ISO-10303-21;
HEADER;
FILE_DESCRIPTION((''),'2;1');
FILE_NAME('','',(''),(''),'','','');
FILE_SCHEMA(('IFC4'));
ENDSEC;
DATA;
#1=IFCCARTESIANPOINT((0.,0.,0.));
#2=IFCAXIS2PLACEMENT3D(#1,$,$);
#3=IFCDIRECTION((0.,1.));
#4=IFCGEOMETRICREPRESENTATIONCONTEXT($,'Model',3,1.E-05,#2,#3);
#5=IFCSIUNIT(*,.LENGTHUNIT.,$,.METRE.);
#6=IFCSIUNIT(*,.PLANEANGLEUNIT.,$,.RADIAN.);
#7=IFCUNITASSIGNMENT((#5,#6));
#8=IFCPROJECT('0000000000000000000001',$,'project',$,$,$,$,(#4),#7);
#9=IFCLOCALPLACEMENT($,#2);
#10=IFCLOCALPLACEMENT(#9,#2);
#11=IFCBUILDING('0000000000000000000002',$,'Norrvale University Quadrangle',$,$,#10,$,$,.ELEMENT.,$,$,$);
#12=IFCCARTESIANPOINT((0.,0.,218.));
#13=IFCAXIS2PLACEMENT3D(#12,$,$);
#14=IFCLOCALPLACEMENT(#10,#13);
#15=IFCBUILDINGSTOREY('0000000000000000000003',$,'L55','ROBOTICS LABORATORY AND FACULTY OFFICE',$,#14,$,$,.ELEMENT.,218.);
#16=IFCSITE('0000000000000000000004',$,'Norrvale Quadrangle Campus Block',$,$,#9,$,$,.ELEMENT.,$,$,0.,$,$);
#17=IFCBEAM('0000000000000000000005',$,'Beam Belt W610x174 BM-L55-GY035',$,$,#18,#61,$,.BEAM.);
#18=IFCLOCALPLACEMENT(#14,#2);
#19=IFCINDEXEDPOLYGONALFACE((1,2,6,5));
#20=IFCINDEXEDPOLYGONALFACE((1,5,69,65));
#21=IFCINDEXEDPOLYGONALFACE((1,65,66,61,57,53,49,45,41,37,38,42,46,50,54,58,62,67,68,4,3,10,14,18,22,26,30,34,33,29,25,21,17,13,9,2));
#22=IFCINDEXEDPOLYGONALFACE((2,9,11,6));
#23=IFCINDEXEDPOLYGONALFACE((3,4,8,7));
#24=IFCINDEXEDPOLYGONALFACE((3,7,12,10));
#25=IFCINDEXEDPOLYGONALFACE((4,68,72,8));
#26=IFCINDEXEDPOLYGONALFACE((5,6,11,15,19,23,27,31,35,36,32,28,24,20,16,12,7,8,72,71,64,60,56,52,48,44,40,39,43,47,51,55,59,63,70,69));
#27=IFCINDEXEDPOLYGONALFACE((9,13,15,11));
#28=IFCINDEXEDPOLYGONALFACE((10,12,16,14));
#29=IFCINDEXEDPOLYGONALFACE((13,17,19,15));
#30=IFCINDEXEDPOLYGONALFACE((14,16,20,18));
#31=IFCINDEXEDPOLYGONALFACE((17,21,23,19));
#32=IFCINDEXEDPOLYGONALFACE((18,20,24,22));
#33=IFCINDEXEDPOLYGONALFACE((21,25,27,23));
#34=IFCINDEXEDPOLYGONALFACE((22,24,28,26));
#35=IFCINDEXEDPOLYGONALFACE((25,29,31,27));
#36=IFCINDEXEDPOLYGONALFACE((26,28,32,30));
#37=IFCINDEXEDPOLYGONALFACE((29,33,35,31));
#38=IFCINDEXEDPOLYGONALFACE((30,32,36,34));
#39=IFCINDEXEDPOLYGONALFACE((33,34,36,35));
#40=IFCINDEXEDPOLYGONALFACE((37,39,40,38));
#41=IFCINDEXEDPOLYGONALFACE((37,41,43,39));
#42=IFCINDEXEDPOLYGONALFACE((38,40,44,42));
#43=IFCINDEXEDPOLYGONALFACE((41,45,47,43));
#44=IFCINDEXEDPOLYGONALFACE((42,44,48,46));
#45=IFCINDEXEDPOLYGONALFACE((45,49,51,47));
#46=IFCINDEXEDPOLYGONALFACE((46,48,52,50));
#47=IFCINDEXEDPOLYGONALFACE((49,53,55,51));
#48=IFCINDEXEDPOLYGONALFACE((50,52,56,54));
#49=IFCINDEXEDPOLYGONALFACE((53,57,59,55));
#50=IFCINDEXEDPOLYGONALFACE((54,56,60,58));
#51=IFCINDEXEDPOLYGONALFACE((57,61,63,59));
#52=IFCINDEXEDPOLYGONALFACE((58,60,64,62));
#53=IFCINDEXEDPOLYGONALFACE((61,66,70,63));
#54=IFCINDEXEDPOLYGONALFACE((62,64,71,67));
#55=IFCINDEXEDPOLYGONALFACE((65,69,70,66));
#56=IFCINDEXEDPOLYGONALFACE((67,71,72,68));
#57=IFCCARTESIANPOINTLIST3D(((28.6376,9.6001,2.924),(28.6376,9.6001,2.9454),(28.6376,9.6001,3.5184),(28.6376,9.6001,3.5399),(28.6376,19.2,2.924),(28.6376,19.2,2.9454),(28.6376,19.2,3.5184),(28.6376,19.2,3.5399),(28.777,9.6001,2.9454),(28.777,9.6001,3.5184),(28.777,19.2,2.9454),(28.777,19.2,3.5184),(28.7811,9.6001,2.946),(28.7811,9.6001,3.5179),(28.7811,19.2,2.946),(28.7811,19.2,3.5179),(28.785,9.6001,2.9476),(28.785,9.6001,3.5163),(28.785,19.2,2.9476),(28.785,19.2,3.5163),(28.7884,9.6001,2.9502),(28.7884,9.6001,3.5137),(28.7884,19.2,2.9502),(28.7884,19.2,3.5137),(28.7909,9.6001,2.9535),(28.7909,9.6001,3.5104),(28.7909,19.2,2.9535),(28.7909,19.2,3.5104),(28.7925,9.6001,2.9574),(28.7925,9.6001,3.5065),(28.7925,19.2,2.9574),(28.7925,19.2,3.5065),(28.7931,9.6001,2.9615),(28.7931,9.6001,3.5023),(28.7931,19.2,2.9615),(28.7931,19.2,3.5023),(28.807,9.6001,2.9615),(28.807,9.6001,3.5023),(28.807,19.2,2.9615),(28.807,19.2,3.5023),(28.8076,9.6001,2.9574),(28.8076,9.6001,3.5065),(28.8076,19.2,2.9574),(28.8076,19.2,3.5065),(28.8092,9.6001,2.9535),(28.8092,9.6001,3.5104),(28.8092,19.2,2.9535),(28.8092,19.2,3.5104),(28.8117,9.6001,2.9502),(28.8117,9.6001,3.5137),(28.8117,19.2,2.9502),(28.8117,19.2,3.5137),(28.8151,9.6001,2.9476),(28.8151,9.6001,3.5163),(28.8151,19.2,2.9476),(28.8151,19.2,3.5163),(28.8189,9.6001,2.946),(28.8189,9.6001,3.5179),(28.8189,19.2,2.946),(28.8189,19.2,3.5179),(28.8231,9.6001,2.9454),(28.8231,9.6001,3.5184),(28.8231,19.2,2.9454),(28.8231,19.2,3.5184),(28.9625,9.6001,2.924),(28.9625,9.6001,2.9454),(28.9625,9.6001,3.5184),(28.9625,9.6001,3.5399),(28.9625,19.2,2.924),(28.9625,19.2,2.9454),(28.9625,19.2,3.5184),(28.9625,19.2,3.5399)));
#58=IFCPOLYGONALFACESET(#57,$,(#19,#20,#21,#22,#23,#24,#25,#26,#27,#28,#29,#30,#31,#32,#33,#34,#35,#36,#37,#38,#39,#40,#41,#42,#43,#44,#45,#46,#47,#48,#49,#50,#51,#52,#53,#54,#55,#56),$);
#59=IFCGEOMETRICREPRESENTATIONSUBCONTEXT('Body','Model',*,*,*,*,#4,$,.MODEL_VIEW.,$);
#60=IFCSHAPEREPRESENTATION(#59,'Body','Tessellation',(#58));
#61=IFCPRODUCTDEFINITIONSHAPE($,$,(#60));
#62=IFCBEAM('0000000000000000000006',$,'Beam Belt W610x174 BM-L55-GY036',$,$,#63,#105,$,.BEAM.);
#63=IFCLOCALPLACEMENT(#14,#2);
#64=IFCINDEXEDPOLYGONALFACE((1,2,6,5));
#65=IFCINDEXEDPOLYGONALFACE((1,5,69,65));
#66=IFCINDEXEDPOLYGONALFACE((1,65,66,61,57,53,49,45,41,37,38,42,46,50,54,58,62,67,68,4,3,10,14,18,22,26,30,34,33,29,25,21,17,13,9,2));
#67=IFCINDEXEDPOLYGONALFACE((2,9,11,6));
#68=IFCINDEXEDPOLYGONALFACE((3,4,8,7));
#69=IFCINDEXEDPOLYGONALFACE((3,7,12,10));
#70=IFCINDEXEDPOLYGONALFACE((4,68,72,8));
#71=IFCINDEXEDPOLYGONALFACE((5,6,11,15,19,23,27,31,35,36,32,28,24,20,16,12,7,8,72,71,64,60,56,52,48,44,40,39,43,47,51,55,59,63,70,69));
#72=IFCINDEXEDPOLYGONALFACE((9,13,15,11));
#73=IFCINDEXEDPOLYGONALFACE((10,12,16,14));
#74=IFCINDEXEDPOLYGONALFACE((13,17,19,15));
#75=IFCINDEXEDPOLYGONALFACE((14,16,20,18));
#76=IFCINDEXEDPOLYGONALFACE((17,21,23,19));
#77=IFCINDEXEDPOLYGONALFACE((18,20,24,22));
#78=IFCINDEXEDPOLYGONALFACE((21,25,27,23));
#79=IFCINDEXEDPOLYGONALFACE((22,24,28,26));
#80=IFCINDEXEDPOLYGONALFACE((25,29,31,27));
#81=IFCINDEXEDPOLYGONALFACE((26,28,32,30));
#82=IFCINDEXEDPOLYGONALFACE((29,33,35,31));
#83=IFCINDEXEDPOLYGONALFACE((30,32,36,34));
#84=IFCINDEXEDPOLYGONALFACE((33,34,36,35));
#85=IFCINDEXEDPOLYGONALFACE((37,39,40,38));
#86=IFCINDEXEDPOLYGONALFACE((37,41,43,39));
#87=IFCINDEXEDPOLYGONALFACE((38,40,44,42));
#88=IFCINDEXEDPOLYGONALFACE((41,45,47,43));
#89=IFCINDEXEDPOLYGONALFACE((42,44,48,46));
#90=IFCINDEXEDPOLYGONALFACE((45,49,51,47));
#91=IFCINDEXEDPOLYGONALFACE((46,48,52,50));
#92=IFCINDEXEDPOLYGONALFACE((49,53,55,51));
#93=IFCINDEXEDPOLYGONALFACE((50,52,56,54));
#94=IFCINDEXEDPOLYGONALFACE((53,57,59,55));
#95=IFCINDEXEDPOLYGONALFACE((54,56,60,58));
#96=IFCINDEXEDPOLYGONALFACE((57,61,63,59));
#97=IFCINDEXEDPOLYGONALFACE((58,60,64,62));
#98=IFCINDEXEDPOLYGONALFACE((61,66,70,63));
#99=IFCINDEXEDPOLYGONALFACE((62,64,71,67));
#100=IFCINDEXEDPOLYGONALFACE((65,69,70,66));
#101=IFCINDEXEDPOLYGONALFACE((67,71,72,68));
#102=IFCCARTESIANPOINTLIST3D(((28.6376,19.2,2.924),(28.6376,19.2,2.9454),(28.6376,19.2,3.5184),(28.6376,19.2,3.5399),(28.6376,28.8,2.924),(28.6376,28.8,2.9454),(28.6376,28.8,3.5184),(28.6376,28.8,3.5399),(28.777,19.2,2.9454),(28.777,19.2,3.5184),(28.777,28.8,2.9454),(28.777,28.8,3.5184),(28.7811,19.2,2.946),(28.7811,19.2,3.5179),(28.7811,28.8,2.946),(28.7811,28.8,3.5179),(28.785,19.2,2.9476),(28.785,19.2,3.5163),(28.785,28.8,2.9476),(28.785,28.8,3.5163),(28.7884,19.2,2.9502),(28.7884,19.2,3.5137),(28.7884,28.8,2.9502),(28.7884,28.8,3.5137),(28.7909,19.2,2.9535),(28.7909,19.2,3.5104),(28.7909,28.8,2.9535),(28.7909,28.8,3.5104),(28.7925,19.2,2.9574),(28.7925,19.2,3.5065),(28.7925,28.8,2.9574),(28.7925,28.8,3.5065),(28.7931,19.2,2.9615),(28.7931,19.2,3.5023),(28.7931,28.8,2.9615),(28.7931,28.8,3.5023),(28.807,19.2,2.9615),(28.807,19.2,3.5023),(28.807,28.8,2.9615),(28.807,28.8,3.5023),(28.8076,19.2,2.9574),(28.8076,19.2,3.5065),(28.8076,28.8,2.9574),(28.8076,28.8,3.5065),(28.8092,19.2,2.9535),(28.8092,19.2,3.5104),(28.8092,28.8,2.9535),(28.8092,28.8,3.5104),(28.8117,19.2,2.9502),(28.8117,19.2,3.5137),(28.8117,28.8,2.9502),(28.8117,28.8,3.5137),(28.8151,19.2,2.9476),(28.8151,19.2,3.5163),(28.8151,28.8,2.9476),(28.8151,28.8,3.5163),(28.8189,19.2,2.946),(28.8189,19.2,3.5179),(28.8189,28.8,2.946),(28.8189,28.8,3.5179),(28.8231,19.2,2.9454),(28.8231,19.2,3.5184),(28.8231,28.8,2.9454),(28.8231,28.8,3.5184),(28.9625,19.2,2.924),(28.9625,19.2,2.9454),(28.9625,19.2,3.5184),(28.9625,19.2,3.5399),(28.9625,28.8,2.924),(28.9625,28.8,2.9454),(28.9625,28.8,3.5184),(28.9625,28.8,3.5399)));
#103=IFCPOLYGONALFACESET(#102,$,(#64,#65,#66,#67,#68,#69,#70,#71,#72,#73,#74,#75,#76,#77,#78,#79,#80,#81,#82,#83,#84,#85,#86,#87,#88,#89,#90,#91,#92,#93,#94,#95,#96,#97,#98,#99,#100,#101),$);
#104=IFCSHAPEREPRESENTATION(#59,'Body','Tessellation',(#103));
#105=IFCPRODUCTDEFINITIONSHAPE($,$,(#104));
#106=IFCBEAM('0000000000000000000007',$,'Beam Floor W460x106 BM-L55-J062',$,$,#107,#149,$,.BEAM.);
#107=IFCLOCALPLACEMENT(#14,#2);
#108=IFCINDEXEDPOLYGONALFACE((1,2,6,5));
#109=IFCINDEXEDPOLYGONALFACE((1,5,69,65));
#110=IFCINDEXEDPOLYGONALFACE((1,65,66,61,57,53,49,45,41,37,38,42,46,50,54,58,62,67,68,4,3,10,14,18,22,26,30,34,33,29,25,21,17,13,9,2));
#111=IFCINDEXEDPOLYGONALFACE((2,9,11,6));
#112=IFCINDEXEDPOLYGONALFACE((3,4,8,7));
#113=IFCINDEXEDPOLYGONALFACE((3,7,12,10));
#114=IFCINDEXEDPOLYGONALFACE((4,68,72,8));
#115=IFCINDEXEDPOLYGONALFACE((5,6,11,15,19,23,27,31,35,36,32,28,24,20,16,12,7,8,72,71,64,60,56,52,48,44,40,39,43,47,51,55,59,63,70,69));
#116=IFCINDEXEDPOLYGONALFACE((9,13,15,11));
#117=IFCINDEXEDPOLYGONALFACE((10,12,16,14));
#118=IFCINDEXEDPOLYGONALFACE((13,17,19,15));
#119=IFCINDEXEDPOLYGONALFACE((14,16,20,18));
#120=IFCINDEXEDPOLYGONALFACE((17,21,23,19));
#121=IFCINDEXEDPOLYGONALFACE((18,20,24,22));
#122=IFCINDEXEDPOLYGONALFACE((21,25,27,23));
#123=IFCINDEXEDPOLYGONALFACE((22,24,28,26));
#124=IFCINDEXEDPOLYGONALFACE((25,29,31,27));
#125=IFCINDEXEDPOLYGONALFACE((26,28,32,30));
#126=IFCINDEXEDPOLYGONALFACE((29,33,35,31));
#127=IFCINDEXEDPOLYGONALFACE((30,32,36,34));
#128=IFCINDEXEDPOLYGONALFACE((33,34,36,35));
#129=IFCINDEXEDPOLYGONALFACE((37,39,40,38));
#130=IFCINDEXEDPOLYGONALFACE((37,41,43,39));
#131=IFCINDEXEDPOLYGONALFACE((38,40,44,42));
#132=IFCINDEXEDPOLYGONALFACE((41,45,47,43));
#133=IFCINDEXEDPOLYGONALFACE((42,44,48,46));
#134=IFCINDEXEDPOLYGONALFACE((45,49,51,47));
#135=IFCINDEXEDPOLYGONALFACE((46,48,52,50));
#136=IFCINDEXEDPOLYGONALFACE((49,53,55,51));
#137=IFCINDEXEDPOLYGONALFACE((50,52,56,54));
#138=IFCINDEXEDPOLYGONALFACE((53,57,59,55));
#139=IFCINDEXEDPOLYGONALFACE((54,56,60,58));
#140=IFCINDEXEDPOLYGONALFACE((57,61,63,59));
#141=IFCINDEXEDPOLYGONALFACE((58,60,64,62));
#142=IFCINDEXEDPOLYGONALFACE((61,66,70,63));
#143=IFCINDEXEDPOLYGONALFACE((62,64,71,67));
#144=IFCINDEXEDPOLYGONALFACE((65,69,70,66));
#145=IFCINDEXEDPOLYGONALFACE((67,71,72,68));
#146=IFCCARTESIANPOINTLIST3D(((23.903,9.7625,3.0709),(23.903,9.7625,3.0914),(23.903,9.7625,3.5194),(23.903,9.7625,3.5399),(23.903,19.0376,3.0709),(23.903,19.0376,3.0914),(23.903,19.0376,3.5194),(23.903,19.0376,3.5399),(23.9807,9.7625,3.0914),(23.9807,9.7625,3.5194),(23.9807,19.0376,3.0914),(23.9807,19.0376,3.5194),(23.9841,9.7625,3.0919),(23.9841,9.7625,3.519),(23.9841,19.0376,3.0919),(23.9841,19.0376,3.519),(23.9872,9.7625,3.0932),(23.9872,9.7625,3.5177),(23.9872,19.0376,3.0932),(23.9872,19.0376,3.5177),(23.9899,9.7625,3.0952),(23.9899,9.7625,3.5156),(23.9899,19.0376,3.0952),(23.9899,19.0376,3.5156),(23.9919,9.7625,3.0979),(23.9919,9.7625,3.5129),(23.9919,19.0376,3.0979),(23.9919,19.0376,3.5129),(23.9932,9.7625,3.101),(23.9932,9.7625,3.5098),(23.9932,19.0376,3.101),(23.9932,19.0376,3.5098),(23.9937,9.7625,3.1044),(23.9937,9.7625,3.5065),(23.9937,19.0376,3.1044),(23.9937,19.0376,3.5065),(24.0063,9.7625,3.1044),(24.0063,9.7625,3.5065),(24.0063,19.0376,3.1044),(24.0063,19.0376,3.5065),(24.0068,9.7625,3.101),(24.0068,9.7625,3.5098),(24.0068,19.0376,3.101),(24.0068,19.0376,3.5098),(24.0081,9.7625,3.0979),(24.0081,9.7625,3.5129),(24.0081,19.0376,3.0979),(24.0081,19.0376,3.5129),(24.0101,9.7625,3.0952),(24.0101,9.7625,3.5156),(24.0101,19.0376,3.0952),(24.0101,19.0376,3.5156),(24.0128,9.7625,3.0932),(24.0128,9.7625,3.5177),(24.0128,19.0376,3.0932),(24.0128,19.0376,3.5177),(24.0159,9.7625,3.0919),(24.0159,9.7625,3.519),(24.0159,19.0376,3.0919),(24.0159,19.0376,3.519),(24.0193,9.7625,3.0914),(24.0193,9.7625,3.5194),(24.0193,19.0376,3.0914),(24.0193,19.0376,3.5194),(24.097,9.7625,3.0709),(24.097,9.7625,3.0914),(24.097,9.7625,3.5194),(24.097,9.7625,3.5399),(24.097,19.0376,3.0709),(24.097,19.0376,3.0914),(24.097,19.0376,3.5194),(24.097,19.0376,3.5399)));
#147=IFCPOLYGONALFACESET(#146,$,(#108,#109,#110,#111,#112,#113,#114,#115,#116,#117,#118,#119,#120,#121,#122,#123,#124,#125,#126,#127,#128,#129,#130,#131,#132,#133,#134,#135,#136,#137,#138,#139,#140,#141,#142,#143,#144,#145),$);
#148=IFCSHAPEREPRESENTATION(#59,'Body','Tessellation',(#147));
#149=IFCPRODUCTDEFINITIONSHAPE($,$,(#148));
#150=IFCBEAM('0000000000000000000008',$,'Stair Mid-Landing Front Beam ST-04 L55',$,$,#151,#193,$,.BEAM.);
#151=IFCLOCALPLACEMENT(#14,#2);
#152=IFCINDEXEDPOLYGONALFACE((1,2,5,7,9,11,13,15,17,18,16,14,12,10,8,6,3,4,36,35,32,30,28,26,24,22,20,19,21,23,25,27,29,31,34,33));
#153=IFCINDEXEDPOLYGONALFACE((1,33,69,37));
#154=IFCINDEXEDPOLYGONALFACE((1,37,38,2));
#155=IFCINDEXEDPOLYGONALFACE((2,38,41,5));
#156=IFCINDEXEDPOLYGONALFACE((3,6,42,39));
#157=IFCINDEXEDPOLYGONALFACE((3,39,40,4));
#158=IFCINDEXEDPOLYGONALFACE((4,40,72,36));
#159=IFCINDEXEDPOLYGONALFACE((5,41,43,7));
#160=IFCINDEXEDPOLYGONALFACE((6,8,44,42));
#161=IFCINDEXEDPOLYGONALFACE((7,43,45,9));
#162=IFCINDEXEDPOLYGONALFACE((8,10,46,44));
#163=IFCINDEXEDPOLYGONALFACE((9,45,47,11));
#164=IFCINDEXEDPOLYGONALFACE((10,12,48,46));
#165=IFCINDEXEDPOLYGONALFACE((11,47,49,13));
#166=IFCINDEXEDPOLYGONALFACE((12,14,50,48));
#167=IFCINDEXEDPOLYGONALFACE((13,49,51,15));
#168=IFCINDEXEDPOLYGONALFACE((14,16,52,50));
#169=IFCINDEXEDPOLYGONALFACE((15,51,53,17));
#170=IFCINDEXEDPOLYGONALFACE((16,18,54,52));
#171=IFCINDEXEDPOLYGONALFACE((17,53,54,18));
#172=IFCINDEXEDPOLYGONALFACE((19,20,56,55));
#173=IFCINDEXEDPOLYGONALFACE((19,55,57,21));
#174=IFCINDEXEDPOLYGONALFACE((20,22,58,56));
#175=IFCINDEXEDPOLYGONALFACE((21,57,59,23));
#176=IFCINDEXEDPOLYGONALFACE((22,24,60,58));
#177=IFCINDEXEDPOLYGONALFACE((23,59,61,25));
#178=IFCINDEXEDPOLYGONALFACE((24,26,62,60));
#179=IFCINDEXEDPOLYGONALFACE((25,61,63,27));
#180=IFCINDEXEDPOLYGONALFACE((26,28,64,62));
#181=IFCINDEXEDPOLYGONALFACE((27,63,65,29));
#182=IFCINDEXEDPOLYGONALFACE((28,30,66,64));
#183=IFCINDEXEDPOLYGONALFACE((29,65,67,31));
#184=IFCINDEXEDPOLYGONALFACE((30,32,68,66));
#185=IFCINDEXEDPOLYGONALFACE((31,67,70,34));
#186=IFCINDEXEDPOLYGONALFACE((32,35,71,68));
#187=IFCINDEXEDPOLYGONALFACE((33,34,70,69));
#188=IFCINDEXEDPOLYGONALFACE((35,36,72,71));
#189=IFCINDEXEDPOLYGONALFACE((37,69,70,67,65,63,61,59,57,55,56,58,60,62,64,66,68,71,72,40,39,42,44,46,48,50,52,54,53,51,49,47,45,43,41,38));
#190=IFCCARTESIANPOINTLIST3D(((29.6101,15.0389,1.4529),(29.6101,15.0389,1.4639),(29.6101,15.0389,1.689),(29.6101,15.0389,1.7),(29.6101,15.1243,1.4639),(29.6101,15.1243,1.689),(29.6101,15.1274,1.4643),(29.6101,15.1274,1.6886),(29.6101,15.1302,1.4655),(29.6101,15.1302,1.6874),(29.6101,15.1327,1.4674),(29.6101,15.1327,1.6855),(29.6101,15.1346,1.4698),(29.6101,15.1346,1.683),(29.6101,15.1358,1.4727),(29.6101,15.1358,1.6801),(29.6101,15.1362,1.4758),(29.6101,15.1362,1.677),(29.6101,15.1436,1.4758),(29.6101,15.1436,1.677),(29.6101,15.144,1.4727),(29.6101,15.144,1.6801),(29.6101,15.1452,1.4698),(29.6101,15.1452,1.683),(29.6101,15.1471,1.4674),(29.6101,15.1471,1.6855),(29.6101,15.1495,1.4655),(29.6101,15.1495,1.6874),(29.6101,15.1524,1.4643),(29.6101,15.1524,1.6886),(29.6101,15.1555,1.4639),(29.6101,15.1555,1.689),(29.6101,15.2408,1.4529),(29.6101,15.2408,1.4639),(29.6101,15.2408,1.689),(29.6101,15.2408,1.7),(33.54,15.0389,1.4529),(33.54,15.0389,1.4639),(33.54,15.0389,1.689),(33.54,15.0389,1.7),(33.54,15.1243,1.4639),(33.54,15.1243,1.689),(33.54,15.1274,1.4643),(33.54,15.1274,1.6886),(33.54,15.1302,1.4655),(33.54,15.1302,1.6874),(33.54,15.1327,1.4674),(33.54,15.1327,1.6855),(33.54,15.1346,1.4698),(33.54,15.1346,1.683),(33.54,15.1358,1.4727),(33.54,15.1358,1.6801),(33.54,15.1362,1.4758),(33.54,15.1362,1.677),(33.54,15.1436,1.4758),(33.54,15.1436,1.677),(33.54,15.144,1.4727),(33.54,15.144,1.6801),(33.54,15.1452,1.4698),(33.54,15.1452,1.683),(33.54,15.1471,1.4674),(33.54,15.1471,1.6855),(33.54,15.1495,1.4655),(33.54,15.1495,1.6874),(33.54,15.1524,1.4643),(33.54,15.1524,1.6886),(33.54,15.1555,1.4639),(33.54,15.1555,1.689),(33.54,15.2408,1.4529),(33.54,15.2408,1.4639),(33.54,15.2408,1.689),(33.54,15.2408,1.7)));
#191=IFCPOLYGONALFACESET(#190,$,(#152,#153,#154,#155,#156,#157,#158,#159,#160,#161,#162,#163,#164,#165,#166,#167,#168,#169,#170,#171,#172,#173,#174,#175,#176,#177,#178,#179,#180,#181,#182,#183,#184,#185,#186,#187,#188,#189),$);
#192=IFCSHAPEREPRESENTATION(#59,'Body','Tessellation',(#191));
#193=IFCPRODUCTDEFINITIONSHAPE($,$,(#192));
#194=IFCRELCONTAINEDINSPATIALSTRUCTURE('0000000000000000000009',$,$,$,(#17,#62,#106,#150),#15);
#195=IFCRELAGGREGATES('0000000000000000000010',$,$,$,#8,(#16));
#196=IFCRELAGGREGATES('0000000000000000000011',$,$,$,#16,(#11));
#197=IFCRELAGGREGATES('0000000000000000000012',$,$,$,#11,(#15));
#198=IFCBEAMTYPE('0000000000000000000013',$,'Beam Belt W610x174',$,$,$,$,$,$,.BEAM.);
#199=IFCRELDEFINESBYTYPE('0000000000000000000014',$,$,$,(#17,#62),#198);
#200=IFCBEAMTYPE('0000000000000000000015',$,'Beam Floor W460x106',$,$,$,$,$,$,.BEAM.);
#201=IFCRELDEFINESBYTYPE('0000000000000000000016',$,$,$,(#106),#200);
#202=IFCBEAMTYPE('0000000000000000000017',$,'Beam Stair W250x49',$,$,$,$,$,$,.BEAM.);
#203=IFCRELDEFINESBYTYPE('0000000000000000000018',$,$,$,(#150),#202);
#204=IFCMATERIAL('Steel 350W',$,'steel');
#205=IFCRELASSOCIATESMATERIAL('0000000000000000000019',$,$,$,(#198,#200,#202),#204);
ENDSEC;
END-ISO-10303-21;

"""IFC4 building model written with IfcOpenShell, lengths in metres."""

from ifc_helpers import new_model, si_unit, direction, frame, origin, origin_2d, place, context, subcontext, project, spatial, i_section, extrude, material, material_profile, profile_set, type_object, element, save


model = new_model("IFC4")

# Units and contexts
model_context = context("Model", 3, precision=1e-05, world=origin(), true_north=direction((0.0, 1.0)))
body_context = subcontext(model_context, "Body", "Model", "MODEL_VIEW")
ifc_project = project(units=[si_unit("LENGTHUNIT", "METRE"), si_unit("PLANEANGLEUNIT", "RADIAN")], contexts=[model_context])

# Site, building, storey
site_placement = place(None, origin())
site = spatial("IfcSite", under=ifc_project, at=site_placement, Name="Norrvale Quadrangle Campus Block", CompositionType="ELEMENT", RefElevation=0.0)
building_placement = place(site_placement, origin())
building = spatial("IfcBuilding", under=site, at=building_placement, Name="Norrvale University Quadrangle", CompositionType="ELEMENT")
storey_placement = place(building_placement, frame((0.0, 0.0, 218.0)))
storey = spatial("IfcBuildingStorey", under=building, at=storey_placement, Name="L55", Description="ROBOTICS LABORATORY AND FACULTY OFFICE", CompositionType="ELEMENT", Elevation=218.0)

# Beams
ifc_material_1 = material(Name="Steel 350W", Category="steel")
ifc_material_profile_1 = material_profile(ifc_material_1, i_section(OverallWidth=0.325, OverallDepth=0.616, WebThickness=0.0139, FlangeThickness=0.0215, FilletRadius=0.0161, at=origin_2d()), Name="Steel 350W")
ifc_profile_set_1 = profile_set([ifc_material_profile_1], Name="Steel 350W")
beam_type_1 = type_object("IfcBeamType", Name="Beam Belt W610x174", PredefinedType="BEAM", material=ifc_profile_set_1)
beam_1_placement = place(storey_placement, frame((28.8, 9.6001, 3.2319), z_axis=(0.0, 1.0, 0.0), x_axis=(-1.0, 0.0, 0.0)))
element("IfcBeam", 1, at=beam_1_placement, inside=storey, type_object=beam_type_1, Name="Beam Belt W610x174 BM-L55-GY035", PredefinedType="BEAM", context=body_context, shape_type="SweptSolid", body=[
    extrude(i_section(OverallWidth=0.325, OverallDepth=0.616, WebThickness=0.0139, FlangeThickness=0.0215, FilletRadius=0.0161, at=origin_2d()), origin(), (0.0, 0.0, 1.0), 9.5999),
])
beam_2_placement = place(storey_placement, frame((28.8, 19.2, 3.2319), z_axis=(0.0, 1.0, 0.0), x_axis=(-1.0, 0.0, 0.0)))
element("IfcBeam", 2, at=beam_2_placement, inside=storey, type_object=beam_type_1, Name="Beam Belt W610x174 BM-L55-GY036", PredefinedType="BEAM", context=body_context, shape_type="SweptSolid", body=[
    extrude(i_section(OverallWidth=0.325, OverallDepth=0.616, WebThickness=0.0139, FlangeThickness=0.0215, FilletRadius=0.0161, at=origin_2d()), origin(), (0.0, 0.0, 1.0), 9.6001),
])
ifc_material_profile_2 = material_profile(ifc_material_1, i_section(OverallWidth=0.1941, OverallDepth=0.469, WebThickness=0.0127, FlangeThickness=0.0205, FilletRadius=0.0129, at=origin_2d()), Name="Steel 350W")
ifc_profile_set_2 = profile_set([ifc_material_profile_2], Name="Steel 350W")
beam_type_2 = type_object("IfcBeamType", Name="Beam Floor W460x106", PredefinedType="BEAM", material=ifc_profile_set_2)
beam_3_placement = place(storey_placement, frame((24.0, 9.7625, 3.3054), z_axis=(0.0, 1.0, 0.0), x_axis=(-1.0, 0.0, 0.0)))
element("IfcBeam", 3, at=beam_3_placement, inside=storey, type_object=beam_type_2, Name="Beam Floor W460x106 BM-L55-J062", PredefinedType="BEAM", context=body_context, shape_type="SweptSolid", body=[
    extrude(i_section(OverallWidth=0.1941, OverallDepth=0.469, WebThickness=0.0127, FlangeThickness=0.0205, FilletRadius=0.0129, at=origin_2d()), origin(), (0.0, 0.0, 1.0), 9.2751),
])
ifc_material_profile_3 = material_profile(ifc_material_1, i_section(OverallWidth=0.2019, OverallDepth=0.2471, WebThickness=0.0073, FlangeThickness=0.011, FilletRadius=0.012, at=origin_2d()), Name="Steel 350W")
ifc_profile_set_3 = profile_set([ifc_material_profile_3], Name="Steel 350W")
beam_type_3 = type_object("IfcBeamType", Name="Beam Stair W250x49", PredefinedType="BEAM", material=ifc_profile_set_3)
for number, where, z_axis, x_axis, name in (
    (4, (29.6101, 15.1399, 1.5764), (1.0, 0.0, 0.0), (0.0, 1.0, 0.0), "Stair Mid-Landing Front Beam ST-04 L55"),
):
    element("IfcBeam", number, at=place(storey_placement, frame(where, z_axis=z_axis, x_axis=x_axis)), inside=storey, type_object=beam_type_3, Name=name, PredefinedType="BEAM", context=body_context, shape_type="SweptSolid", body=[
        extrude(i_section(OverallWidth=0.2019, OverallDepth=0.2471, WebThickness=0.0073, FlangeThickness=0.011, FilletRadius=0.012, at=origin_2d()), origin(), (0.0, 0.0, 1.0), 3.9299),
    ])

save(model, "model.ifc")
